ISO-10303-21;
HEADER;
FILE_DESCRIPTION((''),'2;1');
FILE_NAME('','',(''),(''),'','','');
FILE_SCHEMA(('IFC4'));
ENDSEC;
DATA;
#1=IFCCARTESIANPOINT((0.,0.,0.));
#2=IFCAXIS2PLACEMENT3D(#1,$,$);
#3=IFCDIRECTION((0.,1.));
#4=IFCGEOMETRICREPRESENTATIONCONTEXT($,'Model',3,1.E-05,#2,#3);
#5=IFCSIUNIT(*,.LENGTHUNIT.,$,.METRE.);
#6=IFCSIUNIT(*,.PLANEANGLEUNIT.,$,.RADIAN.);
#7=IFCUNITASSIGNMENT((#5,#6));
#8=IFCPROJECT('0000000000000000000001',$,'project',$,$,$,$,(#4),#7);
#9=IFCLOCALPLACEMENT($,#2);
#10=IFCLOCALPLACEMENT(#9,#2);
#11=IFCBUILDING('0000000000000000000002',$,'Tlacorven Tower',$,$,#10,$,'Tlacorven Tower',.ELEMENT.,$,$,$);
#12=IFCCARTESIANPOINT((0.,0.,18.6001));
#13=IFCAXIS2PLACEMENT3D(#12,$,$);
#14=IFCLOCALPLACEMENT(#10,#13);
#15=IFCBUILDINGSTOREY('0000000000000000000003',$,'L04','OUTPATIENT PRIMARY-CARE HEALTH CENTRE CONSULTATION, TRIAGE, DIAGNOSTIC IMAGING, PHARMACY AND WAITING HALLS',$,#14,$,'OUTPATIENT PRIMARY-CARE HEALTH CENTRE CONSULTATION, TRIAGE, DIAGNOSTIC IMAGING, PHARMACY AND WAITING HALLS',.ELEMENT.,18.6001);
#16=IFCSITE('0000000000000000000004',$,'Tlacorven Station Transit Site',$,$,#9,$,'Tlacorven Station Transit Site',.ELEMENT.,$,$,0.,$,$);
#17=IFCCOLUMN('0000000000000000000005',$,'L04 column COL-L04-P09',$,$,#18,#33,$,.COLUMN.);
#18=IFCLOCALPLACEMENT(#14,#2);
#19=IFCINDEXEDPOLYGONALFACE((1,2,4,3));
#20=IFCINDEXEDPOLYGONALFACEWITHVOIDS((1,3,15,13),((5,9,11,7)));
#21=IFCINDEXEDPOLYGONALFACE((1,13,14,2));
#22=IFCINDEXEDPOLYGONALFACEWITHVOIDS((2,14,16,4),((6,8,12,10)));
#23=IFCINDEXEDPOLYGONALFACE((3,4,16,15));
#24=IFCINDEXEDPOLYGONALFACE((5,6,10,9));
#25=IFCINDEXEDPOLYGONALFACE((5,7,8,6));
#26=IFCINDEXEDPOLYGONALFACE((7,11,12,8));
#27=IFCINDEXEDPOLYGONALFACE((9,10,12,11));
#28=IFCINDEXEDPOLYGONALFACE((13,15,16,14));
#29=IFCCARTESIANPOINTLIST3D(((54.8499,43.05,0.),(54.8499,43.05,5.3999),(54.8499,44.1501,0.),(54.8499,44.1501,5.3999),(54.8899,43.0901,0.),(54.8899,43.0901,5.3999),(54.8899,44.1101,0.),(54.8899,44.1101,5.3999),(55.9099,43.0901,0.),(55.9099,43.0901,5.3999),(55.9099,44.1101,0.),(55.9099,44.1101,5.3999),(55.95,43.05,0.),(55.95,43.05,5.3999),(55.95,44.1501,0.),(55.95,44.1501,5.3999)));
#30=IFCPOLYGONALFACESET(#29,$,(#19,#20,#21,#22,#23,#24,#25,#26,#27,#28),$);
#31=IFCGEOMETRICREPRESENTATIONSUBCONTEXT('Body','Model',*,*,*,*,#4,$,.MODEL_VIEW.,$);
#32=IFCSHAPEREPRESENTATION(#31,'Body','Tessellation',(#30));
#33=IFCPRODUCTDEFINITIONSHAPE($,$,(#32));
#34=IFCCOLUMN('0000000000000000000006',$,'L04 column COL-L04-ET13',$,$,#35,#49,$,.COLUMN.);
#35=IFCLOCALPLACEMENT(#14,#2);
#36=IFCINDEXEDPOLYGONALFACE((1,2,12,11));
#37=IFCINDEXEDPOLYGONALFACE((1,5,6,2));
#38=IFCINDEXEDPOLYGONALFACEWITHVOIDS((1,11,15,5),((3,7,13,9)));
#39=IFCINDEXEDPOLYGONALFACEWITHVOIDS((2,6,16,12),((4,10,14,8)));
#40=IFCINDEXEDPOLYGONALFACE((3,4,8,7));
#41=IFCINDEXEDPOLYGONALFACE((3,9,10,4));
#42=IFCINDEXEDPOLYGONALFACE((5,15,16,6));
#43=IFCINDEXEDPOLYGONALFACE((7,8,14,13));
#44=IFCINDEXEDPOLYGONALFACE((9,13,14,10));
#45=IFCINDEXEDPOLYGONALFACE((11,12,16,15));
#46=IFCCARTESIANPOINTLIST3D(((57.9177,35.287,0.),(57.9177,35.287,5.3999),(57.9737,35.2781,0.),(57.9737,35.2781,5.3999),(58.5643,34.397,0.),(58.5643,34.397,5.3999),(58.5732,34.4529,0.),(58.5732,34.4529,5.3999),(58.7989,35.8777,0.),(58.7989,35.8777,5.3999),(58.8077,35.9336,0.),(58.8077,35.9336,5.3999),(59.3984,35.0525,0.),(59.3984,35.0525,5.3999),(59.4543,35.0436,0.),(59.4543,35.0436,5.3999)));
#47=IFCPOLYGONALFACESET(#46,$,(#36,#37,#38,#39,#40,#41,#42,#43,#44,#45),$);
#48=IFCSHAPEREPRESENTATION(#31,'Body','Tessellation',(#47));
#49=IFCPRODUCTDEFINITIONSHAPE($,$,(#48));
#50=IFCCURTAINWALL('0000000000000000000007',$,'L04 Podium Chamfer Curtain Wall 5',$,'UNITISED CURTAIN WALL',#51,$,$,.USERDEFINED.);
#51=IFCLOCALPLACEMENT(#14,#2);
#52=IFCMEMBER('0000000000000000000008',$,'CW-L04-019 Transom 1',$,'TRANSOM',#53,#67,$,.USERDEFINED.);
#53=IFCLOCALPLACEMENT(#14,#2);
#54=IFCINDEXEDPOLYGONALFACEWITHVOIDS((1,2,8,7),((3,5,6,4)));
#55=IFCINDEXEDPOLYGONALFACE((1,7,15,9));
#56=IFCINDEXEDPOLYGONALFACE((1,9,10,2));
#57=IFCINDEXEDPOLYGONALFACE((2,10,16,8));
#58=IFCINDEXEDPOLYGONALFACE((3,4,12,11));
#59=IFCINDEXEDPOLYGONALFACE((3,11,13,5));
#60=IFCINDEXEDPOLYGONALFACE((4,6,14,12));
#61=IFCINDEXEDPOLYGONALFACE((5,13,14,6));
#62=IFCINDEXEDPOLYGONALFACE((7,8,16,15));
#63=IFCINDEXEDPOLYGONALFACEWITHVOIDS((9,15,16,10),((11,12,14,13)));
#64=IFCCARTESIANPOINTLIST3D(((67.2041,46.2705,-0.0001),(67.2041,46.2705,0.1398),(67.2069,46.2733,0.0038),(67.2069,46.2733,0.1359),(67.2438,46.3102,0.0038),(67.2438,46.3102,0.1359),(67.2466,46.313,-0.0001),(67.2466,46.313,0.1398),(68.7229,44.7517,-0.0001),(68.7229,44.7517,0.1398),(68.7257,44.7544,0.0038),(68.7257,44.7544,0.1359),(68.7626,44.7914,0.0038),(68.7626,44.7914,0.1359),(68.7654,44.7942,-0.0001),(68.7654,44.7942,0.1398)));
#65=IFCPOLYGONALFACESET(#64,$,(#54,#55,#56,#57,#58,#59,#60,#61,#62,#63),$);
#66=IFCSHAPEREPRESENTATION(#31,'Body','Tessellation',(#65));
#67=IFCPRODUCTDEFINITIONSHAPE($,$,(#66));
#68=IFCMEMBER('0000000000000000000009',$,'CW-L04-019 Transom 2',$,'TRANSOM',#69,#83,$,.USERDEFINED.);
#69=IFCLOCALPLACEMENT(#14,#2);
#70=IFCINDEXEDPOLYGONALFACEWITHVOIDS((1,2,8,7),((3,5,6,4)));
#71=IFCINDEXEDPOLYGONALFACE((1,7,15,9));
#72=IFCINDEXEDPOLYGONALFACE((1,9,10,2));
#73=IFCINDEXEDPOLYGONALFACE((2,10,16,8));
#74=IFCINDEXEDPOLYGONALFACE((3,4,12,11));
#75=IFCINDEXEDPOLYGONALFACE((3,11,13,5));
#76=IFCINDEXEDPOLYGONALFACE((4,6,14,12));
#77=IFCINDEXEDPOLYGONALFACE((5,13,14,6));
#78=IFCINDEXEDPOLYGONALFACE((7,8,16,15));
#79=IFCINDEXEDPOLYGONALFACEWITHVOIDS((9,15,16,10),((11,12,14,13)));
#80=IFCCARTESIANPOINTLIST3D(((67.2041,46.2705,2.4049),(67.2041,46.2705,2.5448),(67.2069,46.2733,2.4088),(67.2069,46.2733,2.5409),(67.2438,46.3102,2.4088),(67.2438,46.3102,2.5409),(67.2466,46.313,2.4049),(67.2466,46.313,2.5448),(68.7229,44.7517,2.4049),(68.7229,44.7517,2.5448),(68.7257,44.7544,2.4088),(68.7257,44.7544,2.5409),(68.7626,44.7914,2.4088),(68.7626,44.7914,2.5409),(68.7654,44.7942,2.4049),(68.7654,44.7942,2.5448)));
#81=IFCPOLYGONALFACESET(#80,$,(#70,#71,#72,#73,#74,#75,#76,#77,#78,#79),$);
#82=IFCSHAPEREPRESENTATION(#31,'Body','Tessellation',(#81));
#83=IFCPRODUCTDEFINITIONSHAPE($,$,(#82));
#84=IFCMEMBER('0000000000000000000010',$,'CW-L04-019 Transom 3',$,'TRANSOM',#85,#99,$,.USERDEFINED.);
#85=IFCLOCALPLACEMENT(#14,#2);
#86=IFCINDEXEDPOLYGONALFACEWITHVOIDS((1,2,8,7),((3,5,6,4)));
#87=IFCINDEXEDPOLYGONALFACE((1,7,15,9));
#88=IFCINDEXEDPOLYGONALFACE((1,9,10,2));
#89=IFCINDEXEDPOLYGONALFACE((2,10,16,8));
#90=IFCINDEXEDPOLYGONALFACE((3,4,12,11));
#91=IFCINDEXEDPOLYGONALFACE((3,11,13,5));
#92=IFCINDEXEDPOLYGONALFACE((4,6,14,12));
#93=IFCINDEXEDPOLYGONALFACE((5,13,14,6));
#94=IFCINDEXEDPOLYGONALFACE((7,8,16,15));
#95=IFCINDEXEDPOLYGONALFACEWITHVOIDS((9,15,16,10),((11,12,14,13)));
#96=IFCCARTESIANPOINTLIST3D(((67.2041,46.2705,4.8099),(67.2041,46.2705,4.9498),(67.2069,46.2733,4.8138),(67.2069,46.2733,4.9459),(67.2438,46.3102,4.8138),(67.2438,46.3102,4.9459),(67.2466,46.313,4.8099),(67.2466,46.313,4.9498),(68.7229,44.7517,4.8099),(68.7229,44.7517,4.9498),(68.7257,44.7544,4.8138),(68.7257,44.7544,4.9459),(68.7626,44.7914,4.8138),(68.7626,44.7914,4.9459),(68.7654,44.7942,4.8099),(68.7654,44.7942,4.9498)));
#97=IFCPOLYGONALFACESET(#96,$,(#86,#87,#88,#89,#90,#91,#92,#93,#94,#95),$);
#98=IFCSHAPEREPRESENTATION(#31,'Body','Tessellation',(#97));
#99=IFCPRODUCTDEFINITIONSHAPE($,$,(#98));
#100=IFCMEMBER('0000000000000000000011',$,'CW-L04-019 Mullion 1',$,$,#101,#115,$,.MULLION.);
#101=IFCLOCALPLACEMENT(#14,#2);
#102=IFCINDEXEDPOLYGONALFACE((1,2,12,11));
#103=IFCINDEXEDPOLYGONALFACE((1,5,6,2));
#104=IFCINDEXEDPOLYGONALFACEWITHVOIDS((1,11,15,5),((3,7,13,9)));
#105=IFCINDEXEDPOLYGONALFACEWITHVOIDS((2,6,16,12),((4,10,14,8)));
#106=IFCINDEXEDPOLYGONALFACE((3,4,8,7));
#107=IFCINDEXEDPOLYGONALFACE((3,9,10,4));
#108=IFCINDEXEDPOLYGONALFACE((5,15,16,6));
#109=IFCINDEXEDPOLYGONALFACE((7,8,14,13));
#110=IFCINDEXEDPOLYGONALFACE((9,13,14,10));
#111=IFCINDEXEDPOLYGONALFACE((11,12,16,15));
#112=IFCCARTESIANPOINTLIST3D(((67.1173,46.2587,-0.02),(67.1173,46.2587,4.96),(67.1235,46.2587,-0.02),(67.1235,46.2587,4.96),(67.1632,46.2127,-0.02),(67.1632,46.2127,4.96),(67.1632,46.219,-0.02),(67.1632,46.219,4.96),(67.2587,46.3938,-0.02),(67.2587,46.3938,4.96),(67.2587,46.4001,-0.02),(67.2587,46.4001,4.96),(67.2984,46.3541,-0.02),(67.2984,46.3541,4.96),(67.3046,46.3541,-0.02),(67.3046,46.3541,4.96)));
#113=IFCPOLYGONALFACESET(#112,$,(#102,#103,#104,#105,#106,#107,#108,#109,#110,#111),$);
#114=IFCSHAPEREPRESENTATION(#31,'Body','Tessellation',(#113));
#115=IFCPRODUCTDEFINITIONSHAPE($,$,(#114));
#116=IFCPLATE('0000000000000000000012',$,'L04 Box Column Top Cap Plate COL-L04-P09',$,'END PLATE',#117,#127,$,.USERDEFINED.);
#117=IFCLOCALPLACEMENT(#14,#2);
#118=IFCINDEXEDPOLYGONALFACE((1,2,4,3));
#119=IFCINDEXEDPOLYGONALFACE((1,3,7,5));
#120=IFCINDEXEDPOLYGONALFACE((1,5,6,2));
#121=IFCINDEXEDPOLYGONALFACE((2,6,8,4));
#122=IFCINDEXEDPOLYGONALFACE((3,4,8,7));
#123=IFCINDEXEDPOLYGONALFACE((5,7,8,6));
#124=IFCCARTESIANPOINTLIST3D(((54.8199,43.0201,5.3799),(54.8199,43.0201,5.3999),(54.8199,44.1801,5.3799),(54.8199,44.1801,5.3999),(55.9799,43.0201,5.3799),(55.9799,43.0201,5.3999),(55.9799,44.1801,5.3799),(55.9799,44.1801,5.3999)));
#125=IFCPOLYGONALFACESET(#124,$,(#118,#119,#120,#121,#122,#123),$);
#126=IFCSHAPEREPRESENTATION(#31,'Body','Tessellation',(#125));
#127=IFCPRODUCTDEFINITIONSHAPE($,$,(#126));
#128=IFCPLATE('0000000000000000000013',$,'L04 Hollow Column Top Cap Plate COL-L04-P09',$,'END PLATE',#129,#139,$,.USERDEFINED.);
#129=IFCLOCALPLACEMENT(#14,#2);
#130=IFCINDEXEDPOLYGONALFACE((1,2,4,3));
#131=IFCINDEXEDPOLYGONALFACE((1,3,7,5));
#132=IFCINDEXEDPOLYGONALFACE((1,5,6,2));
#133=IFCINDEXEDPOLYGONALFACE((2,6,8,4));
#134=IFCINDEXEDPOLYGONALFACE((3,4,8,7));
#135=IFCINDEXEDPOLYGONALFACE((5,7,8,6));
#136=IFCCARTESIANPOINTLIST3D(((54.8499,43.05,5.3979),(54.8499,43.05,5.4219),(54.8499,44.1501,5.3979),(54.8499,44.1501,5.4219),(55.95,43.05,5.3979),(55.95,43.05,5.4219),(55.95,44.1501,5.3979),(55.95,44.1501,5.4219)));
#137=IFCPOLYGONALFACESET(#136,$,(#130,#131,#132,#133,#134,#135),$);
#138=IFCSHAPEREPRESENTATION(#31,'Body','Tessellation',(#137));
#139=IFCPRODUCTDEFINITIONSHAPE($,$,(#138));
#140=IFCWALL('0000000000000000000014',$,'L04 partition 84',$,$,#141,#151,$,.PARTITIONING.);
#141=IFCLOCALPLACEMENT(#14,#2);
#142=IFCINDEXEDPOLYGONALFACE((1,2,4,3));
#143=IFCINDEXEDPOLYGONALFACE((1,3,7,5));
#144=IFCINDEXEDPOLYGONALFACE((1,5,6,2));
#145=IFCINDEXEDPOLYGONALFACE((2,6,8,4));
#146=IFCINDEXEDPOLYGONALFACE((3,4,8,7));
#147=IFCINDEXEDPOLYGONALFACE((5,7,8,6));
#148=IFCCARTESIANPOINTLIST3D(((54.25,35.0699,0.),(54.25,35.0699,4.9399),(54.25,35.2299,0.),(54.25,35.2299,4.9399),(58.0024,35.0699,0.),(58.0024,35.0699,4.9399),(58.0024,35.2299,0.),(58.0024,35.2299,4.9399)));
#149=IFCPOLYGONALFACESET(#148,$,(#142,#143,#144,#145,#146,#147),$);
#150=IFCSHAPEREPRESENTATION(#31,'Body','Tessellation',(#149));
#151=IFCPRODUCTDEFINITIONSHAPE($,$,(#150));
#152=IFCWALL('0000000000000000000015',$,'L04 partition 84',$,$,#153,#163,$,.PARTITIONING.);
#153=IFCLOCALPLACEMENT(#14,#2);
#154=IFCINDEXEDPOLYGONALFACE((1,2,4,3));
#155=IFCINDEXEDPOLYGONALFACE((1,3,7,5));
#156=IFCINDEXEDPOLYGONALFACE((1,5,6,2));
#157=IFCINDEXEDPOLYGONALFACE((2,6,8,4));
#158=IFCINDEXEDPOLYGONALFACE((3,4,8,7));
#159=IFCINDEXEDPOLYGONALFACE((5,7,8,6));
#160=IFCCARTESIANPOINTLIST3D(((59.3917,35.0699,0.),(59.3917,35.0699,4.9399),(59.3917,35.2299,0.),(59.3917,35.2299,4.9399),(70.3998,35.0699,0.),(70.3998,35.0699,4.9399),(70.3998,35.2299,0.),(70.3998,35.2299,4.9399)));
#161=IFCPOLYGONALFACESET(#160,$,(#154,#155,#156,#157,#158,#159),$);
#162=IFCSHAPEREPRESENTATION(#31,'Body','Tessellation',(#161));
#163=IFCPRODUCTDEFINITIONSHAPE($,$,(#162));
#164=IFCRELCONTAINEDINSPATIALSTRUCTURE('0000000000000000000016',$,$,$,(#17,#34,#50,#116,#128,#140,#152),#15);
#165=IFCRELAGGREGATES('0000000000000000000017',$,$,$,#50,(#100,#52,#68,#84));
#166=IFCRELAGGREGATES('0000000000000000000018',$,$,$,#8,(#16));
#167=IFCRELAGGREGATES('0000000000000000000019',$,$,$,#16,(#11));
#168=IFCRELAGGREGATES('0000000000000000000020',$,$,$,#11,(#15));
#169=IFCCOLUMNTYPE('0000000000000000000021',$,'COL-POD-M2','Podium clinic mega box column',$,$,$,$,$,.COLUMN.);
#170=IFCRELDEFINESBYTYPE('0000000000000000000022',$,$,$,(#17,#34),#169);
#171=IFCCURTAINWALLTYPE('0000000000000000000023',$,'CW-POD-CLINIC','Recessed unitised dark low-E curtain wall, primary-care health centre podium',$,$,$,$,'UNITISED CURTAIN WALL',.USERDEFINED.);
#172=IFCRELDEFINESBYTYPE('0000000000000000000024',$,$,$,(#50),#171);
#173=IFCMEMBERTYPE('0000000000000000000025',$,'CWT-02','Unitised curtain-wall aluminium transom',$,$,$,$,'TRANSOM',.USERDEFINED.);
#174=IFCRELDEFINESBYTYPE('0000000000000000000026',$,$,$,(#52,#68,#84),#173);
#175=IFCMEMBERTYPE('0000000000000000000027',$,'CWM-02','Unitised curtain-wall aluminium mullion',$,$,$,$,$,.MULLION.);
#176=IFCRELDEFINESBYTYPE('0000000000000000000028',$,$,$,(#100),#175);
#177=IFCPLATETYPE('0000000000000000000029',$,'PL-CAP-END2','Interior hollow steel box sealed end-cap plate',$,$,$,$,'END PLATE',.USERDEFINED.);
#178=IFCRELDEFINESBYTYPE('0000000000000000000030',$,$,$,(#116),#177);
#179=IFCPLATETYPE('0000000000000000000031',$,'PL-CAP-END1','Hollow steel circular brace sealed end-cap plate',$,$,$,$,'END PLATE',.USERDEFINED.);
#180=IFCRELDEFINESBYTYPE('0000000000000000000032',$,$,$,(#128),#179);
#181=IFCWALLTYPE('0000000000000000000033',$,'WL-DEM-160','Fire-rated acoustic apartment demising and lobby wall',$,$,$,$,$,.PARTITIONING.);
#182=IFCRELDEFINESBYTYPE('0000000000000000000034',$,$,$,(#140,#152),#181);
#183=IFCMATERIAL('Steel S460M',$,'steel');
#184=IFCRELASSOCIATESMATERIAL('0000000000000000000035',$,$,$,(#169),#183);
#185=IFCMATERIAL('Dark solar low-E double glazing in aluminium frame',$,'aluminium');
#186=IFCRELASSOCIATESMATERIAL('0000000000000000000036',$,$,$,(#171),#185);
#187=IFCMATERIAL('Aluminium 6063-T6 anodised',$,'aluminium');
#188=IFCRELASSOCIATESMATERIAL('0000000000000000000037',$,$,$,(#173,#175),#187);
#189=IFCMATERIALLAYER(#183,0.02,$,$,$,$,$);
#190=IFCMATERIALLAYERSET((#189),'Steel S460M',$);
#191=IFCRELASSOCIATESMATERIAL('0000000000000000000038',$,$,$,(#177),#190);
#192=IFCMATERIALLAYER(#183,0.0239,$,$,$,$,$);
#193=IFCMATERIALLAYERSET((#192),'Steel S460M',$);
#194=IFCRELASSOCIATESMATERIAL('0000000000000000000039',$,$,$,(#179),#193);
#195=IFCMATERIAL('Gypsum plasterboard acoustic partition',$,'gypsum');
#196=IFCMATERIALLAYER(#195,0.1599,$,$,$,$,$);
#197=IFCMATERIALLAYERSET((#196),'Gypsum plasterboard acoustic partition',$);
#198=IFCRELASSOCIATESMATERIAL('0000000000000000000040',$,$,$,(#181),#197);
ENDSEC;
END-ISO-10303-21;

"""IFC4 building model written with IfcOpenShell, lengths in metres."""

from ifc_helpers import new_model, si_unit, direction, frame, frame_2d, origin, origin_2d, place, context, subcontext, project, spatial, rectangle, hollow_rectangle, extrude, source, transform, mapped, material, layer, layer_set, material_profile, profile_set, type_object, element, aggregate, save


model = new_model("IFC4")

# Units and contexts
model_context = context("Model", 3, precision=1e-05, world=origin(), true_north=direction((0.0, 1.0)))
body_context = subcontext(model_context, "Body", "Model", "MODEL_VIEW")
ifc_project = project(units=[si_unit("LENGTHUNIT", "METRE"), si_unit("PLANEANGLEUNIT", "RADIAN")], contexts=[model_context])

# Site, building, storey
site_placement = place(None, origin())
site = spatial("IfcSite", under=ifc_project, at=site_placement, Name="Tlacorven Station Transit Site", LongName="Tlacorven Station Transit Site", CompositionType="ELEMENT", RefElevation=0.0)
building_placement = place(site_placement, origin())
building = spatial("IfcBuilding", under=site, at=building_placement, Name="Tlacorven Tower", LongName="Tlacorven Tower", CompositionType="ELEMENT")
storey_placement = place(building_placement, frame((0.0, 0.0, 18.6001)))
storey = spatial("IfcBuildingStorey", under=building, at=storey_placement, Name="L04", Description="OUTPATIENT PRIMARY-CARE HEALTH CENTRE CONSULTATION, TRIAGE, DIAGNOSTIC IMAGING, PHARMACY AND WAITING HALLS", LongName="OUTPATIENT PRIMARY-CARE HEALTH CENTRE CONSULTATION, TRIAGE, DIAGNOSTIC IMAGING, PHARMACY AND WAITING HALLS", CompositionType="ELEMENT", Elevation=18.6001)

# Columns
ifc_material_1 = material(Name="Steel S460M", Category="steel")
ifc_material_profile_1 = material_profile(ifc_material_1, hollow_rectangle(XDim=1.1001, YDim=1.1001, WallThickness=0.04, at=origin_2d()), Name="BOX 1100X1100X40")
ifc_profile_set_1 = profile_set([ifc_material_profile_1], Name="Steel S460M")
column_type = type_object("IfcColumnType", Name="COL-POD-M2", Description="Podium clinic mega box column", PredefinedType="COLUMN", material=ifc_profile_set_1)
shared_shape_1 = source(origin(), body_context, "Body", "SweptSolid", [
    extrude(hollow_rectangle(XDim=1.1001, YDim=1.1001, WallThickness=0.04, at=origin_2d()), origin(), (0.0, 0.0, 1.0), 5.3999),
])
for number, where, z_axis, x_axis, name in (
    (1, (55.3999, 43.6001, 0.0), (0.0, 0.0, 1.0), (1.0, 0.0, 0.0), "L04 column COL-L04-P09"),
    (2, (58.686, 35.1653, 0.0), (0.0, 0.0, 1.0), (0.809017, 0.587785, 0.0), "L04 column COL-L04-ET13"),
):
    element("IfcColumn", number, at=place(storey_placement, frame(where, z_axis=z_axis, x_axis=x_axis)), inside=storey, type_object=column_type, Name=name, PredefinedType="COLUMN", context=body_context, shape_type="MappedRepresentation", body=[
        mapped(shared_shape_1, transform((0.0, 0.0, 0.0), scale=1.0)),
    ])

# Curtain wall, members
ifc_material_2 = material(Name="Dark solar low-E double glazing in aluminium frame", Category="aluminium")
curtain_wall_type = type_object("IfcCurtainWallType", Name="CW-POD-CLINIC", Description="Recessed unitised dark low-E curtain wall, primary-care health centre podium", ElementType="UNITISED CURTAIN WALL", PredefinedType="USERDEFINED", material=ifc_material_2)
curtain_wall_placement = place(storey_placement, origin())
curtain_wall = element("IfcCurtainWall", 3, at=curtain_wall_placement, inside=storey, type_object=curtain_wall_type, Name="L04 Podium Chamfer Curtain Wall 5", ObjectType="UNITISED CURTAIN WALL", PredefinedType="USERDEFINED")
ifc_material_3 = material(Name="Aluminium 6063-T6 anodised", Category="aluminium")
ifc_material_profile_2 = material_profile(ifc_material_3, hollow_rectangle(XDim=0.0601, YDim=0.1399, WallThickness=0.0039, at=origin_2d()), Name="ALU TRANSOM 60X140")
ifc_profile_set_2 = profile_set([ifc_material_profile_2], Name="Aluminium 6063-T6 anodised")
member_type_1 = type_object("IfcMemberType", Name="CWT-02", Description="Unitised curtain-wall aluminium transom", ElementType="TRANSOM", PredefinedType="USERDEFINED", material=ifc_profile_set_2)
shared_shape_2 = source(origin(), body_context, "Body", "SweptSolid", [
    extrude(hollow_rectangle(XDim=0.0601, YDim=0.1399, WallThickness=0.0039, at=origin_2d()), origin(), (0.0, 0.0, 1.0), 2.1479),
])
member_1_placement = place(storey_placement, frame((67.2253, 46.2917, 0.0698), z_axis=(0.707107, -0.707107, 0.0), x_axis=(0.707107, 0.707107, 0.0)))
member_1 = element("IfcMember", 4, at=member_1_placement, type_object=member_type_1, Name="CW-L04-019 Transom 1", ObjectType="TRANSOM", PredefinedType="USERDEFINED", context=body_context, shape_type="MappedRepresentation", body=[
    mapped(shared_shape_2, transform((0.0, 0.0, 0.0), scale=1.0)),
])
member_2_placement = place(storey_placement, frame((67.2253, 46.2917, 2.4749), z_axis=(0.707107, -0.707107, 0.0), x_axis=(0.707107, 0.707107, 0.0)))
member_2 = element("IfcMember", 5, at=member_2_placement, type_object=member_type_1, Name="CW-L04-019 Transom 2", ObjectType="TRANSOM", PredefinedType="USERDEFINED", context=body_context, shape_type="MappedRepresentation", body=[
    mapped(shared_shape_2, transform((0.0, 0.0, 0.0), scale=1.0)),
])
member_3_placement = place(storey_placement, frame((67.2253, 46.2917, 4.8799), z_axis=(0.707107, -0.707107, 0.0), x_axis=(0.707107, 0.707107, 0.0)))
member_3 = element("IfcMember", 6, at=member_3_placement, type_object=member_type_1, Name="CW-L04-019 Transom 3", ObjectType="TRANSOM", PredefinedType="USERDEFINED", context=body_context, shape_type="MappedRepresentation", body=[
    mapped(shared_shape_2, transform((0.0, 0.0, 0.0), scale=1.0)),
])
ifc_material_profile_3 = material_profile(ifc_material_3, hollow_rectangle(XDim=0.0649, YDim=0.2, WallThickness=0.0044, at=origin_2d()), Name="ALU MULLION 65X200")
ifc_profile_set_3 = profile_set([ifc_material_profile_3], Name="Aluminium 6063-T6 anodised")
member_type_2 = type_object("IfcMemberType", Name="CWM-02", Description="Unitised curtain-wall aluminium mullion", PredefinedType="MULLION", material=ifc_profile_set_3)
shared_shape_3 = source(origin(), body_context, "Body", "SweptSolid", [
    extrude(hollow_rectangle(XDim=0.0649, YDim=0.2, WallThickness=0.0044, at=origin_2d()), origin(), (0.0, 0.0, 1.0), 4.98),
])
member_4_placement = place(storey_placement, frame((67.2109, 46.3064, -0.02), z_axis=(0.0, 0.0, 1.0), x_axis=(0.707107, -0.707107, 0.0)))
member_4 = element("IfcMember", 7, at=member_4_placement, type_object=member_type_2, Name="CW-L04-019 Mullion 1", PredefinedType="MULLION", context=body_context, shape_type="MappedRepresentation", body=[
    mapped(shared_shape_3, transform((0.0, 0.0, 0.0), scale=1.0)),
])
aggregate(curtain_wall, [member_4, member_1, member_2, member_3])

# Plates
ifc_layer_1 = layer(ifc_material_1, 0.02)
ifc_layer_set_1 = layer_set([ifc_layer_1], Name="Steel S460M")
plate_type_1 = type_object("IfcPlateType", Name="PL-CAP-END2", Description="Interior hollow steel box sealed end-cap plate", ElementType="END PLATE", PredefinedType="USERDEFINED", material=ifc_layer_set_1)
shared_shape_4 = source(origin(), body_context, "Body", "SweptSolid", [
    extrude(rectangle(XDim=1.1599, YDim=1.1599, at=origin_2d()), origin(), (0.0, 0.0, 1.0), 0.02),
])
plate_1_placement = place(storey_placement, frame((55.3999, 43.6001, 5.3799), z_axis=(0.0, 0.0, 1.0), x_axis=(1.0, 0.0, 0.0)))
element("IfcPlate", 8, at=plate_1_placement, inside=storey, type_object=plate_type_1, Name="L04 Box Column Top Cap Plate COL-L04-P09", ObjectType="END PLATE", PredefinedType="USERDEFINED", context=body_context, shape_type="MappedRepresentation", body=[
    mapped(shared_shape_4, transform((0.0, 0.0, 0.0), scale=1.0)),
])
ifc_layer_2 = layer(ifc_material_1, 0.0239)
ifc_layer_set_2 = layer_set([ifc_layer_2], Name="Steel S460M")
plate_type_2 = type_object("IfcPlateType", Name="PL-CAP-END1", Description="Hollow steel circular brace sealed end-cap plate", ElementType="END PLATE", PredefinedType="USERDEFINED", material=ifc_layer_set_2)
shared_shape_5 = source(origin(), body_context, "Body", "SweptSolid", [
    extrude(rectangle(XDim=1.1001, YDim=1.1001, at=origin_2d()), origin(), (0.0, 0.0, 1.0), 0.0239),
])
plate_2_placement = place(storey_placement, frame((55.3999, 43.6001, 5.3979), z_axis=(0.0, 0.0, 1.0), x_axis=(1.0, 0.0, 0.0)))
element("IfcPlate", 9, at=plate_2_placement, inside=storey, type_object=plate_type_2, Name="L04 Hollow Column Top Cap Plate COL-L04-P09", ObjectType="END PLATE", PredefinedType="USERDEFINED", context=body_context, shape_type="MappedRepresentation", body=[
    mapped(shared_shape_5, transform((0.0, 0.0, 0.0), scale=1.0)),
])

# Walls
ifc_material_4 = material(Name="Gypsum plasterboard acoustic partition", Category="gypsum")
ifc_layer_3 = layer(ifc_material_4, 0.1599)
ifc_layer_set_3 = layer_set([ifc_layer_3], Name="Gypsum plasterboard acoustic partition")
wall_type = type_object("IfcWallType", Name="WL-DEM-160", Description="Fire-rated acoustic apartment demising and lobby wall", PredefinedType="PARTITIONING", material=ifc_layer_set_3)
wall_1_placement = place(storey_placement, frame((54.25, 35.1499, 0.0), z_axis=(0.0, 0.0, 1.0), x_axis=(1.0, 0.0, 0.0)))
element("IfcWall", 10, at=wall_1_placement, inside=storey, type_object=wall_type, Name="L04 partition 84", PredefinedType="PARTITIONING", context=body_context, shape_type="SweptSolid", body=[
    extrude(rectangle(XDim=3.7524, YDim=0.1599, at=frame_2d((1.8762, 0.0))), origin(), (0.0, 0.0, 1.0), 4.9399),
])
wall_2_placement = place(storey_placement, frame((59.3918, 35.1499, 0.0), z_axis=(0.0, 0.0, 1.0), x_axis=(1.0, 0.0, 0.0)))
element("IfcWall", 11, at=wall_2_placement, inside=storey, type_object=wall_type, Name="L04 partition 84", PredefinedType="PARTITIONING", context=body_context, shape_type="SweptSolid", body=[
    extrude(rectangle(XDim=11.0081, YDim=0.1599, at=frame_2d((5.5039, 0.0))), origin(), (0.0, 0.0, 1.0), 4.9399),
])

save(model, "model.ifc")
